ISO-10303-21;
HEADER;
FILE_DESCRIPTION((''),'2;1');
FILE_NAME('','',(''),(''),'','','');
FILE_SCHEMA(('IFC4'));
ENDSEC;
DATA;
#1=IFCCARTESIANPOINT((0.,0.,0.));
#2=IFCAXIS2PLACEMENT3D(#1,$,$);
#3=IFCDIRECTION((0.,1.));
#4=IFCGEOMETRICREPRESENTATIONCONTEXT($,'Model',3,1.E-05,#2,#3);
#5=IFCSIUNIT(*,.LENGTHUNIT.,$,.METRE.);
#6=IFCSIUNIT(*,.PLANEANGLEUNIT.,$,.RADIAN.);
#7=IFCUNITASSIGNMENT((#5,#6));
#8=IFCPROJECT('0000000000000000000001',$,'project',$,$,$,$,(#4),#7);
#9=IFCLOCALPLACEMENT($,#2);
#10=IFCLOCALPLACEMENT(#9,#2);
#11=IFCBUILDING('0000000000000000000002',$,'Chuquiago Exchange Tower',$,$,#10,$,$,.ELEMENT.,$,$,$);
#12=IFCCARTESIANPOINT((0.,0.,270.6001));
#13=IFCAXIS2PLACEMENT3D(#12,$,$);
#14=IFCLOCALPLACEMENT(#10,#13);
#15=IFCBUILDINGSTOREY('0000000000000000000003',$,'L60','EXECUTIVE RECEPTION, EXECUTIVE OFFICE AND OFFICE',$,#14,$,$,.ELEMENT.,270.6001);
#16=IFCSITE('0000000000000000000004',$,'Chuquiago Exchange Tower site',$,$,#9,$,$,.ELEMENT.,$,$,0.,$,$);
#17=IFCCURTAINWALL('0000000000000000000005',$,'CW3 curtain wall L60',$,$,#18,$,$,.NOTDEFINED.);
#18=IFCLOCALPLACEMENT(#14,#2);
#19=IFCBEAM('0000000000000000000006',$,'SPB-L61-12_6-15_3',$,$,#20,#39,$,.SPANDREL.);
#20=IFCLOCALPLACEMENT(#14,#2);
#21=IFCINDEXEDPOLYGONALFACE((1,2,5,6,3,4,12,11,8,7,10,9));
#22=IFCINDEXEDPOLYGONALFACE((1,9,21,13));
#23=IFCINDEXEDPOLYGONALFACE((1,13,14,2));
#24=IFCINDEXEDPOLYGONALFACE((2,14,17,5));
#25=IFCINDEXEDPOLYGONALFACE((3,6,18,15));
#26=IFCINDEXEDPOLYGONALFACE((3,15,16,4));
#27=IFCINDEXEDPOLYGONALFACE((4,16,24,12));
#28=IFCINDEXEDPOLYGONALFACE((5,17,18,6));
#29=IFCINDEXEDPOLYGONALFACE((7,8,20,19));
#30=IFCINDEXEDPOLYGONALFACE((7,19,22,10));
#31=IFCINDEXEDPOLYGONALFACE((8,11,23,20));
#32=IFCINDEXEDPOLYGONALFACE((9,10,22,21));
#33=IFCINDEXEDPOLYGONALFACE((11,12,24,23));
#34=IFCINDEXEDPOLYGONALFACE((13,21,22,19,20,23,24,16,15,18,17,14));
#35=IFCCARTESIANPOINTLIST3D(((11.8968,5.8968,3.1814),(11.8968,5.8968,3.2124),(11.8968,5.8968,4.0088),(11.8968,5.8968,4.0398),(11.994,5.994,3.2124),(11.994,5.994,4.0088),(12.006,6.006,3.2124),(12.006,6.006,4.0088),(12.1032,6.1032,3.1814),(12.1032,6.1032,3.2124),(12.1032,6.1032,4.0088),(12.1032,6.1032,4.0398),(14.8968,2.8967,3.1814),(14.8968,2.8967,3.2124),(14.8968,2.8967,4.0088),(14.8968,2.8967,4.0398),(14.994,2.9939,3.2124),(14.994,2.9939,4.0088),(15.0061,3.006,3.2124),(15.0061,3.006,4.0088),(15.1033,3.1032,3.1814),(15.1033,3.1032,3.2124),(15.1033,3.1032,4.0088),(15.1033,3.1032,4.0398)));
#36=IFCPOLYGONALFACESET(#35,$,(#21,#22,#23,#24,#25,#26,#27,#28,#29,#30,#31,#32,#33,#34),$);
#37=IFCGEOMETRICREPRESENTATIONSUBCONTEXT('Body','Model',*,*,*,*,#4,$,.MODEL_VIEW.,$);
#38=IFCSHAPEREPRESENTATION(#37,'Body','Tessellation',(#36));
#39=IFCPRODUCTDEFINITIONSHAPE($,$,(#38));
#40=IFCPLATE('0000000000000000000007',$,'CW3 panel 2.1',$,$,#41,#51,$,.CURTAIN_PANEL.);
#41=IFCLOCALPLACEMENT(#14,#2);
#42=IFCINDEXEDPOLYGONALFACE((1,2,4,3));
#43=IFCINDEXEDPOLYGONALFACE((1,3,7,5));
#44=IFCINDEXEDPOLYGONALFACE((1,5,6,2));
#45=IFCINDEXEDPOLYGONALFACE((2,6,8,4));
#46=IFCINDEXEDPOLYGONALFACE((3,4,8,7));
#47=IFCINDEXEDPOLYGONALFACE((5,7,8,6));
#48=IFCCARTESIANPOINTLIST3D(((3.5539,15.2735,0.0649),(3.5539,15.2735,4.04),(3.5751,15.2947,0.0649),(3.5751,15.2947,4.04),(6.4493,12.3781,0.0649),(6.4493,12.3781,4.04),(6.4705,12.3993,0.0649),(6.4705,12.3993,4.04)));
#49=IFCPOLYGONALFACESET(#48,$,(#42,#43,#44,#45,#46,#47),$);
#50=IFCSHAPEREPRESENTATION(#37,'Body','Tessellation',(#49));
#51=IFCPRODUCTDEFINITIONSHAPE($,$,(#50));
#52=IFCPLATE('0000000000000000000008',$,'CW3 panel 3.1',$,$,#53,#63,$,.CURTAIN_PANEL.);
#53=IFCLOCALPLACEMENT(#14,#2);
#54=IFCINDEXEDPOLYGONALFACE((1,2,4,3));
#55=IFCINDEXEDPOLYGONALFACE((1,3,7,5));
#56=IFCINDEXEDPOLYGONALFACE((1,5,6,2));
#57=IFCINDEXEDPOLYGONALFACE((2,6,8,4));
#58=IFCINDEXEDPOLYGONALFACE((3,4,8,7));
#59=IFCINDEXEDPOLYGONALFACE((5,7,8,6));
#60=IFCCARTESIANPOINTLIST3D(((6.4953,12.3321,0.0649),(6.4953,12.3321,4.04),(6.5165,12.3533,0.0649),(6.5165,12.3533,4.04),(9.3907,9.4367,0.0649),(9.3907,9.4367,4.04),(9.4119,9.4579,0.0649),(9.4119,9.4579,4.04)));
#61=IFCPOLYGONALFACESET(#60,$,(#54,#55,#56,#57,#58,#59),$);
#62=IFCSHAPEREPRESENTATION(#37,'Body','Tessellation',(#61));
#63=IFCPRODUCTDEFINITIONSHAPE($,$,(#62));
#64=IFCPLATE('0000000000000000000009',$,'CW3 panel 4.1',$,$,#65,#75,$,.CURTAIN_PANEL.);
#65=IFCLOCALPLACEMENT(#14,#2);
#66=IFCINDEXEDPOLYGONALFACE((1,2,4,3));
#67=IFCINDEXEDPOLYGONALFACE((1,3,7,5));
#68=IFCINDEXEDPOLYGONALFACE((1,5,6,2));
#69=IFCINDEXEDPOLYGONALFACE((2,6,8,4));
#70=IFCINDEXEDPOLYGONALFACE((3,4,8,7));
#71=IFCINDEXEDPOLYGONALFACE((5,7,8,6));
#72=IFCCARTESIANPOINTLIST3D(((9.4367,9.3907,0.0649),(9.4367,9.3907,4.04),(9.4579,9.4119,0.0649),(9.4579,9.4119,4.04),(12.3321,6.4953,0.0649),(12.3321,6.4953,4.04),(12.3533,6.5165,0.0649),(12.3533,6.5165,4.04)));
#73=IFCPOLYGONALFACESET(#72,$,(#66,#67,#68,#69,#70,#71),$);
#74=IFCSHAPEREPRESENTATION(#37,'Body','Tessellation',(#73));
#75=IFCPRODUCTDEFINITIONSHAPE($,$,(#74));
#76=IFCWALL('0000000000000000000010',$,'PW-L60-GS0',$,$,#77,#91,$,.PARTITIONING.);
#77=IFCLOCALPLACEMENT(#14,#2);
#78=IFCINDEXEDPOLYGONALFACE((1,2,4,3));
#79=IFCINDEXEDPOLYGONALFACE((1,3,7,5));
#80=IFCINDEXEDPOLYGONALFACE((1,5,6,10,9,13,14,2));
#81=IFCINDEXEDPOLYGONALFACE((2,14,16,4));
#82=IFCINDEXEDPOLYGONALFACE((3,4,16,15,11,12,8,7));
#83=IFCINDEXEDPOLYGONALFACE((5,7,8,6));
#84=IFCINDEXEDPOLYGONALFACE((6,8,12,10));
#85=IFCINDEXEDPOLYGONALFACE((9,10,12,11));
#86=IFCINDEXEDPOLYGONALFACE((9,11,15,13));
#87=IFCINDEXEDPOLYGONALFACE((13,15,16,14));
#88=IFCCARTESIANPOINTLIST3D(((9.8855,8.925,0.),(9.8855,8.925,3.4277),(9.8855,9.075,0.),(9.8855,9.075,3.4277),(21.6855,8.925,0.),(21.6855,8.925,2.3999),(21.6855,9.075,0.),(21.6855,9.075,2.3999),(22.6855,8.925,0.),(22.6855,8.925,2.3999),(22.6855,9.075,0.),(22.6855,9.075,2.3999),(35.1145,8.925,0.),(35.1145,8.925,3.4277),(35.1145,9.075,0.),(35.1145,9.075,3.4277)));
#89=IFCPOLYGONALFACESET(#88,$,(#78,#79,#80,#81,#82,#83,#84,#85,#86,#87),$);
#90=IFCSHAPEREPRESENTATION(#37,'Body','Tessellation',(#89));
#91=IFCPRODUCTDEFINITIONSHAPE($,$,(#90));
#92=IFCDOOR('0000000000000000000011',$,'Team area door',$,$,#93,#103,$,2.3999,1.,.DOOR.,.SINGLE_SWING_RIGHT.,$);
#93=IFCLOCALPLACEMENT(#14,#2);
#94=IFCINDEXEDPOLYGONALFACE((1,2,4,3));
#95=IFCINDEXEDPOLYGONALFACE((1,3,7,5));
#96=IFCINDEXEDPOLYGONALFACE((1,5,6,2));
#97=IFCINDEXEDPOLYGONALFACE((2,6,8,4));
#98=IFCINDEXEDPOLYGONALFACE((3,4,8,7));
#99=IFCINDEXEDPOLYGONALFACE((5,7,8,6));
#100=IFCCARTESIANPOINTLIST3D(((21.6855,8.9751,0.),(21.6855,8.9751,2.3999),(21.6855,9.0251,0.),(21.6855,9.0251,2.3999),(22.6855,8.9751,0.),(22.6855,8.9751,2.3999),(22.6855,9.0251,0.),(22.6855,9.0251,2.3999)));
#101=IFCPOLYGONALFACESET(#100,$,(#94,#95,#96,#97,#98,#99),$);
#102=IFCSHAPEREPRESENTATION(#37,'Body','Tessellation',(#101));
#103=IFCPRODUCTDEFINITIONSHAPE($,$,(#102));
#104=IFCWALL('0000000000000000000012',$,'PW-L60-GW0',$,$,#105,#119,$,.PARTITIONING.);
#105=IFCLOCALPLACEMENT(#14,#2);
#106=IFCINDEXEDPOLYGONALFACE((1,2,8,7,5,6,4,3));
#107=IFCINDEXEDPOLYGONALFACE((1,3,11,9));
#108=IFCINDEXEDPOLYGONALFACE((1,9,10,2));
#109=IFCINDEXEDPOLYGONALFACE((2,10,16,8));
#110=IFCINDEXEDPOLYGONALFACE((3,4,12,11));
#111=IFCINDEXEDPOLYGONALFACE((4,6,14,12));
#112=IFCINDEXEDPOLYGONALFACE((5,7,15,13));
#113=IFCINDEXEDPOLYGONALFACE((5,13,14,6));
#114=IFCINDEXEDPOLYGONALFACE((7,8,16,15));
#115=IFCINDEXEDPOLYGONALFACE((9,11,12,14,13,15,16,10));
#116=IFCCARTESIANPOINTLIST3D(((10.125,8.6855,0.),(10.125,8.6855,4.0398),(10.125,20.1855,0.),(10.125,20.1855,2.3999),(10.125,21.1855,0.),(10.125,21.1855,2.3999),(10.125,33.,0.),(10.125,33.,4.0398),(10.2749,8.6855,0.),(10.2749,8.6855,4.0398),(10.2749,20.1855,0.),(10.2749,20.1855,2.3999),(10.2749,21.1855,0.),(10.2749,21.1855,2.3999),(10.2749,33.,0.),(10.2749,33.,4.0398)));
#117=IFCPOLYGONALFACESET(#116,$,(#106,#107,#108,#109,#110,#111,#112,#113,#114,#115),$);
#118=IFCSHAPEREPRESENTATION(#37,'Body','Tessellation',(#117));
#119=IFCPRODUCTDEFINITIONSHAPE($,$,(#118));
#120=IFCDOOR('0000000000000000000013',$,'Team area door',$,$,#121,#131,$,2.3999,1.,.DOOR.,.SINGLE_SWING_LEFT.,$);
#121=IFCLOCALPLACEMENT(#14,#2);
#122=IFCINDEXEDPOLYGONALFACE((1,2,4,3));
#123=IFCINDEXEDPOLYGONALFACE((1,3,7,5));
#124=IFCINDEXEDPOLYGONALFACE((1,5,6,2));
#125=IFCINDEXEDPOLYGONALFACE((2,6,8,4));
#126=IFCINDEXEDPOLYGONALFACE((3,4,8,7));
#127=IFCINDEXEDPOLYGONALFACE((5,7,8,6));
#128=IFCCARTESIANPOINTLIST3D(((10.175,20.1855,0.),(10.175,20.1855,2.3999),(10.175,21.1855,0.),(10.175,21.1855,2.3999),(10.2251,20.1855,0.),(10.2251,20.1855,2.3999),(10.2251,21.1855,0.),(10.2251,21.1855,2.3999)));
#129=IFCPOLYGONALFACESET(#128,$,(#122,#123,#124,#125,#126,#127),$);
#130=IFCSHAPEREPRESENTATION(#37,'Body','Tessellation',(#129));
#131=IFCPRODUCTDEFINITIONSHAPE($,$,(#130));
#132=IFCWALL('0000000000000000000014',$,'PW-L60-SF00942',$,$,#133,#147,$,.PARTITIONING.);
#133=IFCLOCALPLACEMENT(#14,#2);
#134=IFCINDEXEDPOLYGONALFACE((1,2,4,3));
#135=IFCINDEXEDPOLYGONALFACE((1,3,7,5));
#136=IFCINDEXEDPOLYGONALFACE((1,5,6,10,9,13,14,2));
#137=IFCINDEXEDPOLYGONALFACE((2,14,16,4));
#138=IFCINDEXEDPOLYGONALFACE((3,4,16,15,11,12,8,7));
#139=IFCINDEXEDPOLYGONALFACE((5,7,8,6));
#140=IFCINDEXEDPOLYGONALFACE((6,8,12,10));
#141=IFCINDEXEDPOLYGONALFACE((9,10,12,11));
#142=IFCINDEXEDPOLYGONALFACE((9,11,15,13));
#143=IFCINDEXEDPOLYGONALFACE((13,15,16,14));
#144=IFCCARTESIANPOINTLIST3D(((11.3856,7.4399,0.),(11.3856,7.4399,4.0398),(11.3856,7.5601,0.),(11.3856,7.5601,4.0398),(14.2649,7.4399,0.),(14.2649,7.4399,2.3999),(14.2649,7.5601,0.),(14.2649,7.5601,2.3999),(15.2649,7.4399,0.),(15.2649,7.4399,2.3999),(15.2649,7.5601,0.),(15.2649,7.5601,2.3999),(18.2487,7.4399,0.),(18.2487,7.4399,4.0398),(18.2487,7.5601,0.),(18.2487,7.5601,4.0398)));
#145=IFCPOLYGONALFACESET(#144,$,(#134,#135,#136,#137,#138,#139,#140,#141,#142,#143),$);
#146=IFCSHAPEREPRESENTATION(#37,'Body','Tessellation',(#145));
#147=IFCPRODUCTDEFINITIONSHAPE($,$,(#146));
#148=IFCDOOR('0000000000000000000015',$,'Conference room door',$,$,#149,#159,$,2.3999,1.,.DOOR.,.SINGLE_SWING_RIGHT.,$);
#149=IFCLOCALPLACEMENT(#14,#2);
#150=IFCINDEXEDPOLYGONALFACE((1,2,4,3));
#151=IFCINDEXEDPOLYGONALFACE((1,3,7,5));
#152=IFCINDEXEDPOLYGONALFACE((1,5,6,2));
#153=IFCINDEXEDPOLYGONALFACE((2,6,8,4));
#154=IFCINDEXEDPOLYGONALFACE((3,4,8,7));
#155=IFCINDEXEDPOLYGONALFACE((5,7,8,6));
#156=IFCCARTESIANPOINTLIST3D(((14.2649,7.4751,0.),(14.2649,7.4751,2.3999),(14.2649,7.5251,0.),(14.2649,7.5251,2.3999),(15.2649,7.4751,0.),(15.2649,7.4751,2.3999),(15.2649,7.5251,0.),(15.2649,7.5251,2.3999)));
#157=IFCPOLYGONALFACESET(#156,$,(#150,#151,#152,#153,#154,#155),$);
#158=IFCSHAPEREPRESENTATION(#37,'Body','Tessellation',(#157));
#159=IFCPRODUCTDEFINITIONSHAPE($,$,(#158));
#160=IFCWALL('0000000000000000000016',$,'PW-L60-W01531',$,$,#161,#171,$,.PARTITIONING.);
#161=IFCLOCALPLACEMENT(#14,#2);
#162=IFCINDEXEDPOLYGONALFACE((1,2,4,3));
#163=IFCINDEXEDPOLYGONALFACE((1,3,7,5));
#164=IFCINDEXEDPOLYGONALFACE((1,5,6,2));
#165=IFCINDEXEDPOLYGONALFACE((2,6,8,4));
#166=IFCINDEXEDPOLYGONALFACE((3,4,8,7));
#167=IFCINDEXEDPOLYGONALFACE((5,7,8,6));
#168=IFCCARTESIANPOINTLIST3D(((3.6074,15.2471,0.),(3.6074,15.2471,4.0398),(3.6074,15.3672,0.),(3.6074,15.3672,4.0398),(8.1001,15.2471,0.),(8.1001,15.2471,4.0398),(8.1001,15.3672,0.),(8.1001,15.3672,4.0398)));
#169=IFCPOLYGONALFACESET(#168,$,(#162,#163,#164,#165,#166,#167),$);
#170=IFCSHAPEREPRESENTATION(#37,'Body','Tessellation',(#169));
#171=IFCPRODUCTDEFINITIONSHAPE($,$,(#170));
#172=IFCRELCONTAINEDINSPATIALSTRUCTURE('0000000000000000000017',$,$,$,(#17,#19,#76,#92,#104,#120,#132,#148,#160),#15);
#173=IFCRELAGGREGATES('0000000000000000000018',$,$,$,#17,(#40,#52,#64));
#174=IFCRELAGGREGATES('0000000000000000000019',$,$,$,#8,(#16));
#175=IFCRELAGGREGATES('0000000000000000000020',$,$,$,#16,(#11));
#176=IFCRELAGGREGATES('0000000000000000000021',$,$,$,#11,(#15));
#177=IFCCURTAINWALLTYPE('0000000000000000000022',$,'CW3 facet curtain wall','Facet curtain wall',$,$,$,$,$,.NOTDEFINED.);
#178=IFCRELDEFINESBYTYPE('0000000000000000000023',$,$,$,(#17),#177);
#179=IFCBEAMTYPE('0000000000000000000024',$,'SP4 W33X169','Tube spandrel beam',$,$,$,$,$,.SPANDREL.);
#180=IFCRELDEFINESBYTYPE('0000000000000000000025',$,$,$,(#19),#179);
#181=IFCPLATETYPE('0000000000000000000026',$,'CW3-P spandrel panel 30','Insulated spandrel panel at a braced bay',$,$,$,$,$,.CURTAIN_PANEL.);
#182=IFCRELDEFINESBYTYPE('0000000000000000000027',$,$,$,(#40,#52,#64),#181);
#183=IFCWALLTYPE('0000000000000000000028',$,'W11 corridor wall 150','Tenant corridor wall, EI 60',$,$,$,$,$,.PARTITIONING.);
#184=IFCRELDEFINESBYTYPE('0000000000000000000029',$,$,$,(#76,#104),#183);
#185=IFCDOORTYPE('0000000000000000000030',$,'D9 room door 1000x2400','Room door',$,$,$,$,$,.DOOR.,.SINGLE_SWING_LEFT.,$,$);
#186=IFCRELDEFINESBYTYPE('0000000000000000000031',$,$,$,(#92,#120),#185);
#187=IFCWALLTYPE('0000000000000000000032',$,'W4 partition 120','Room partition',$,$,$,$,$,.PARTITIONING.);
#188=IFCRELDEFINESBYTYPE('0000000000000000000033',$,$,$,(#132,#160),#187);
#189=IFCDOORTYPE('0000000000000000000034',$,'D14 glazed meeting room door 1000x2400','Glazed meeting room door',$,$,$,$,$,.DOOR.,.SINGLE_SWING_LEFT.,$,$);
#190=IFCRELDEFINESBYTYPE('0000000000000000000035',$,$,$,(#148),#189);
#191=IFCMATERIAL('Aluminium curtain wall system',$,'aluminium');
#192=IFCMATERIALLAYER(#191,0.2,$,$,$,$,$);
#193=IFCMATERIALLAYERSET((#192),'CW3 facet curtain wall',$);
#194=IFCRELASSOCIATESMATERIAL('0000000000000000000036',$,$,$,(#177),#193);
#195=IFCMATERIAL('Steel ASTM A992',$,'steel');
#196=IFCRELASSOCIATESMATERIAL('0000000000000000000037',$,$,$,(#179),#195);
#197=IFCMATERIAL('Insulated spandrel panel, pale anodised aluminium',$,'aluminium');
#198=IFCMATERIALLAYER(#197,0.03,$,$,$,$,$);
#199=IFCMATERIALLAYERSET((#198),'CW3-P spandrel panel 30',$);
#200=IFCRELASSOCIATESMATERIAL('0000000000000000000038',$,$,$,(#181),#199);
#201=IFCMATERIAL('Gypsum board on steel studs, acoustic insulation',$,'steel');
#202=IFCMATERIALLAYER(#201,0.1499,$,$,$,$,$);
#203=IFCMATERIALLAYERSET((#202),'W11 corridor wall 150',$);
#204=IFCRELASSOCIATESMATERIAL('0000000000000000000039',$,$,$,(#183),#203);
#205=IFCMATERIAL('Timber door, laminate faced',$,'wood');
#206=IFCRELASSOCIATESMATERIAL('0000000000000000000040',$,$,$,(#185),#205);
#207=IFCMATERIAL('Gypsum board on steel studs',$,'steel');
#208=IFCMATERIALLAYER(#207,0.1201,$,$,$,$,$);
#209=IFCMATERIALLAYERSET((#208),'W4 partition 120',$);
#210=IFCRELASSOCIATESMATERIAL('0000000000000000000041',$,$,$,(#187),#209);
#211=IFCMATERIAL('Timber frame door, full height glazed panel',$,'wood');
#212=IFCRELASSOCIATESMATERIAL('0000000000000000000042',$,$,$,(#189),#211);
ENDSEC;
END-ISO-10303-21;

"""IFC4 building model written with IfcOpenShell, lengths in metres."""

from ifc_helpers import new_model, si_unit, direction, frame, frame_2d, origin, origin_2d, place, context, subcontext, project, spatial, rectangle, i_section, extrude, material, layer, layer_set, material_profile, profile_set, type_object, element, fill, aggregate, save


model = new_model("IFC4")

# Units and contexts
model_context = context("Model", 3, precision=1e-05, world=origin(), true_north=direction((0.0, 1.0)))
body_context = subcontext(model_context, "Body", "Model", "MODEL_VIEW")
ifc_project = project(units=[si_unit("LENGTHUNIT", "METRE"), si_unit("PLANEANGLEUNIT", "RADIAN")], contexts=[model_context])

# Site, building, storey
site_placement = place(None, origin())
site = spatial("IfcSite", under=ifc_project, at=site_placement, Name="Chuquiago Exchange Tower site", CompositionType="ELEMENT", RefElevation=0.0)
building_placement = place(site_placement, origin())
building = spatial("IfcBuilding", under=site, at=building_placement, Name="Chuquiago Exchange Tower", CompositionType="ELEMENT")
storey_placement = place(building_placement, frame((0.0, 0.0, 270.6001)))
storey = spatial("IfcBuildingStorey", under=building, at=storey_placement, Name="L60", Description="EXECUTIVE RECEPTION, EXECUTIVE OFFICE AND OFFICE", CompositionType="ELEMENT", Elevation=270.6001)

# Curtain wall
ifc_material_1 = material(Name="Aluminium curtain wall system", Category="aluminium")
ifc_layer_1 = layer(ifc_material_1, 0.2)
ifc_layer_set_1 = layer_set([ifc_layer_1], Name="CW3 facet curtain wall")
curtain_wall_type = type_object("IfcCurtainWallType", Name="CW3 facet curtain wall", Description="Facet curtain wall", PredefinedType="NOTDEFINED", material=ifc_layer_set_1)
curtain_wall_placement = place(storey_placement, origin())
curtain_wall = element("IfcCurtainWall", 1, at=curtain_wall_placement, inside=storey, type_object=curtain_wall_type, Name="CW3 curtain wall L60", PredefinedType="NOTDEFINED")

# Beam
ifc_material_2 = material(Name="Steel ASTM A992", Category="steel")
ifc_material_profile_1 = material_profile(ifc_material_2, i_section(OverallWidth=0.292, OverallDepth=0.8584, WebThickness=0.0171, FlangeThickness=0.031, at=origin_2d()), Name="W33X169")
ifc_profile_set_1 = profile_set([ifc_material_profile_1], Name="Steel ASTM A992")
beam_type_1 = type_object("IfcBeamType", Name="SP4 W33X169", Description="Tube spandrel beam", PredefinedType="SPANDREL", material=ifc_profile_set_1)
for number, where, z_axis, x_axis, name in (
    (2, (12.0, 6.0, 3.6106), (0.707107, -0.707107, 0.0), (0.707107, 0.707107, 0.0), "SPB-L61-12_6-15_3"),
):
    element("IfcBeam", number, at=place(storey_placement, frame(where, z_axis=z_axis, x_axis=x_axis)), inside=storey, type_object=beam_type_1, Name=name, PredefinedType="SPANDREL", context=body_context, shape_type="SweptSolid", body=[
        extrude(i_section(OverallWidth=0.292, OverallDepth=0.8584, WebThickness=0.0171, FlangeThickness=0.031, at=origin_2d()), origin(), (0.0, 0.0, 1.0), 4.2427),
    ])

# Plates
ifc_material_3 = material(Name="Insulated spandrel panel, pale anodised aluminium", Category="aluminium")
ifc_layer_2 = layer(ifc_material_3, 0.03)
ifc_layer_set_2 = layer_set([ifc_layer_2], Name="CW3-P spandrel panel 30")
plate_type = type_object("IfcPlateType", Name="CW3-P spandrel panel 30", Description="Insulated spandrel panel at a braced bay", PredefinedType="CURTAIN_PANEL", material=ifc_layer_set_2)
plate_1_placement = place(storey_placement, frame((5.0122, 13.8364, 0.0649), z_axis=(0.0, 0.0, 1.0), x_axis=(0.707107, -0.707107, 0.0)))
plate_1 = element("IfcPlate", 3, at=plate_1_placement, type_object=plate_type, Name="CW3 panel 2.1", PredefinedType="CURTAIN_PANEL", context=body_context, shape_type="SweptSolid", body=[
    extrude(rectangle(XDim=4.0947, YDim=0.03, at=origin_2d()), origin(), (0.0, 0.0, 1.0), 3.9751),
])
plate_2_placement = place(storey_placement, frame((7.9536, 10.895, 0.0649), z_axis=(0.0, 0.0, 1.0), x_axis=(0.707107, -0.707107, 0.0)))
plate_2 = element("IfcPlate", 4, at=plate_2_placement, type_object=plate_type, Name="CW3 panel 3.1", PredefinedType="CURTAIN_PANEL", context=body_context, shape_type="SweptSolid", body=[
    extrude(rectangle(XDim=4.0947, YDim=0.03, at=origin_2d()), origin(), (0.0, 0.0, 1.0), 3.9751),
])
plate_3_placement = place(storey_placement, frame((10.895, 7.9536, 0.0649), z_axis=(0.0, 0.0, 1.0), x_axis=(0.707107, -0.707107, 0.0)))
plate_3 = element("IfcPlate", 5, at=plate_3_placement, type_object=plate_type, Name="CW3 panel 4.1", PredefinedType="CURTAIN_PANEL", context=body_context, shape_type="SweptSolid", body=[
    extrude(rectangle(XDim=4.0947, YDim=0.03, at=origin_2d()), origin(), (0.0, 0.0, 1.0), 3.9751),
])
aggregate(curtain_wall, [plate_1, plate_2, plate_3])

# Walls, openings, doors
ifc_material_4 = material(Name="Gypsum board on steel studs, acoustic insulation", Category="steel")
ifc_layer_3 = layer(ifc_material_4, 0.1499)
ifc_layer_set_3 = layer_set([ifc_layer_3], Name="W11 corridor wall 150")
wall_type_1 = type_object("IfcWallType", Name="W11 corridor wall 150", Description="Tenant corridor wall, EI 60", PredefinedType="PARTITIONING", material=ifc_layer_set_3)
wall_1_placement = place(storey_placement, frame((9.8855, 9.0, 0.0), z_axis=(0.0, 0.0, 1.0), x_axis=(1.0, 0.0, 0.0)))
wall_1 = element("IfcWall", 6, at=wall_1_placement, inside=storey, type_object=wall_type_1, Name="PW-L60-GS0", PredefinedType="PARTITIONING", context=body_context, shape_type="SweptSolid", body=[
    extrude(rectangle(XDim=25.229, YDim=0.1499, at=frame_2d((12.6145, 0.0))), origin(), (0.0, 0.0, 1.0), 3.4277),
])
opening_1_placement = place(wall_1_placement, frame((11.8, 0.0, 0.0)))
opening_1 = element("IfcOpeningElement", 7, at=opening_1_placement, cuts=wall_1, PredefinedType="OPENING", context=body_context, shape_type="SweptSolid", body=[
    extrude(rectangle(XDim=1.0, YDim=2.3999, at=frame_2d((0.5, 1.2))), frame((0.0, 0.085, 0.0), z_axis=(0.0, -1.0, 0.0), x_axis=(1.0, 0.0, 0.0)), (0.0, 0.0, 1.0), 0.1699),
])
ifc_material_5 = material(Name="Timber door, laminate faced", Category="wood")
door_type_1 = type_object("IfcDoorType", Name="D9 room door 1000x2400", Description="Room door", OperationType="SINGLE_SWING_LEFT", PredefinedType="DOOR", material=ifc_material_5)
door_1_placement = place(opening_1_placement, frame((1.0, 0.0, 0.0), z_axis=(0.0, 0.0, 1.0), x_axis=(-1.0, 0.0, 0.0)))
door_1 = element("IfcDoor", 8, at=door_1_placement, inside=storey, type_object=door_type_1, Name="Team area door", OperationType="SINGLE_SWING_RIGHT", OverallHeight=2.3999, OverallWidth=1.0, PredefinedType="DOOR", context=body_context, shape_type="SweptSolid", body=[
    extrude(rectangle(XDim=1.0, YDim=2.3999, at=frame_2d((0.5, 1.2))), frame((0.0, 0.0249, 0.0), z_axis=(0.0, -1.0, 0.0), x_axis=(1.0, 0.0, 0.0)), (0.0, 0.0, 1.0), 0.05),
])
fill(opening_1, door_1)
wall_2_placement = place(storey_placement, frame((10.2, 8.6855, 0.0), z_axis=(0.0, 0.0, 1.0), x_axis=(0.0, 1.0, 0.0)))
wall_2 = element("IfcWall", 9, at=wall_2_placement, inside=storey, type_object=wall_type_1, Name="PW-L60-GW0", PredefinedType="PARTITIONING", context=body_context, shape_type="SweptSolid", body=[
    extrude(rectangle(XDim=24.3145, YDim=0.1499, at=frame_2d((12.1572, 0.0))), origin(), (0.0, 0.0, 1.0), 4.0398),
])
opening_2_placement = place(wall_2_placement, frame((11.5, 0.0, 0.0)))
opening_2 = element("IfcOpeningElement", 10, at=opening_2_placement, cuts=wall_2, PredefinedType="OPENING", context=body_context, shape_type="SweptSolid", body=[
    extrude(rectangle(XDim=1.0, YDim=2.3999, at=frame_2d((0.5, 1.2))), frame((0.0, 0.085, 0.0), z_axis=(0.0, -1.0, 0.0), x_axis=(1.0, 0.0, 0.0)), (0.0, 0.0, 1.0), 0.1699),
])
door_2_placement = place(opening_2_placement, origin())
door_2 = element("IfcDoor", 11, at=door_2_placement, inside=storey, type_object=door_type_1, Name="Team area door", OperationType="SINGLE_SWING_LEFT", OverallHeight=2.3999, OverallWidth=1.0, PredefinedType="DOOR", context=body_context, shape_type="SweptSolid", body=[
    extrude(rectangle(XDim=1.0, YDim=2.3999, at=frame_2d((0.5, 1.2))), frame((0.0, 0.0249, 0.0), z_axis=(0.0, -1.0, 0.0), x_axis=(1.0, 0.0, 0.0)), (0.0, 0.0, 1.0), 0.05),
])
fill(opening_2, door_2)
ifc_material_6 = material(Name="Gypsum board on steel studs", Category="steel")
ifc_layer_4 = layer(ifc_material_6, 0.1201)
ifc_layer_set_4 = layer_set([ifc_layer_4], Name="W4 partition 120")
wall_type_2 = type_object("IfcWallType", Name="W4 partition 120", Description="Room partition", PredefinedType="PARTITIONING", material=ifc_layer_set_4)
wall_3_placement = place(storey_placement, frame((11.3855, 7.5, 0.0), z_axis=(0.0, 0.0, 1.0), x_axis=(1.0, 0.0, 0.0)))
wall_3 = element("IfcWall", 12, at=wall_3_placement, inside=storey, type_object=wall_type_2, Name="PW-L60-SF00942", PredefinedType="PARTITIONING", context=body_context, shape_type="SweptSolid", body=[
    extrude(rectangle(XDim=6.863, YDim=0.1201, at=frame_2d((3.4316, 0.0))), origin(), (0.0, 0.0, 1.0), 4.0398),
])
opening_3_placement = place(wall_3_placement, frame((2.8794, 0.0, 0.0)))
opening_3 = element("IfcOpeningElement", 13, at=opening_3_placement, cuts=wall_3, PredefinedType="OPENING", context=body_context, shape_type="SweptSolid", body=[
    extrude(rectangle(XDim=1.0, YDim=2.3999, at=frame_2d((0.5, 1.2))), frame((0.0, 0.0701, 0.0), z_axis=(0.0, -1.0, 0.0), x_axis=(1.0, 0.0, 0.0)), (0.0, 0.0, 1.0), 0.1401),
])
ifc_material_7 = material(Name="Timber frame door, full height glazed panel", Category="wood")
door_type_2 = type_object("IfcDoorType", Name="D14 glazed meeting room door 1000x2400", Description="Glazed meeting room door", OperationType="SINGLE_SWING_LEFT", PredefinedType="DOOR", material=ifc_material_7)
door_3_placement = place(opening_3_placement, frame((1.0, 0.0, 0.0), z_axis=(0.0, 0.0, 1.0), x_axis=(-1.0, 0.0, 0.0)))
door_3 = element("IfcDoor", 14, at=door_3_placement, inside=storey, type_object=door_type_2, Name="Conference room door", OperationType="SINGLE_SWING_RIGHT", OverallHeight=2.3999, OverallWidth=1.0, PredefinedType="DOOR", context=body_context, shape_type="SweptSolid", body=[
    extrude(rectangle(XDim=1.0, YDim=2.3999, at=frame_2d((0.5, 1.2))), frame((0.0, 0.0249, 0.0), z_axis=(0.0, -1.0, 0.0), x_axis=(1.0, 0.0, 0.0)), (0.0, 0.0, 1.0), 0.05),
])
fill(opening_3, door_3)

# Wall
wall_4_placement = place(storey_placement, frame((3.6074, 15.3071, 0.0), z_axis=(0.0, 0.0, 1.0), x_axis=(1.0, 0.0, 0.0)))
element("IfcWall", 15, at=wall_4_placement, inside=storey, type_object=wall_type_2, Name="PW-L60-W01531", PredefinedType="PARTITIONING", context=body_context, shape_type="SweptSolid", body=[
    extrude(rectangle(XDim=4.4927, YDim=0.1201, at=frame_2d((2.2463, 0.0))), origin(), (0.0, 0.0, 1.0), 4.0398),
])

save(model, "model.ifc")
